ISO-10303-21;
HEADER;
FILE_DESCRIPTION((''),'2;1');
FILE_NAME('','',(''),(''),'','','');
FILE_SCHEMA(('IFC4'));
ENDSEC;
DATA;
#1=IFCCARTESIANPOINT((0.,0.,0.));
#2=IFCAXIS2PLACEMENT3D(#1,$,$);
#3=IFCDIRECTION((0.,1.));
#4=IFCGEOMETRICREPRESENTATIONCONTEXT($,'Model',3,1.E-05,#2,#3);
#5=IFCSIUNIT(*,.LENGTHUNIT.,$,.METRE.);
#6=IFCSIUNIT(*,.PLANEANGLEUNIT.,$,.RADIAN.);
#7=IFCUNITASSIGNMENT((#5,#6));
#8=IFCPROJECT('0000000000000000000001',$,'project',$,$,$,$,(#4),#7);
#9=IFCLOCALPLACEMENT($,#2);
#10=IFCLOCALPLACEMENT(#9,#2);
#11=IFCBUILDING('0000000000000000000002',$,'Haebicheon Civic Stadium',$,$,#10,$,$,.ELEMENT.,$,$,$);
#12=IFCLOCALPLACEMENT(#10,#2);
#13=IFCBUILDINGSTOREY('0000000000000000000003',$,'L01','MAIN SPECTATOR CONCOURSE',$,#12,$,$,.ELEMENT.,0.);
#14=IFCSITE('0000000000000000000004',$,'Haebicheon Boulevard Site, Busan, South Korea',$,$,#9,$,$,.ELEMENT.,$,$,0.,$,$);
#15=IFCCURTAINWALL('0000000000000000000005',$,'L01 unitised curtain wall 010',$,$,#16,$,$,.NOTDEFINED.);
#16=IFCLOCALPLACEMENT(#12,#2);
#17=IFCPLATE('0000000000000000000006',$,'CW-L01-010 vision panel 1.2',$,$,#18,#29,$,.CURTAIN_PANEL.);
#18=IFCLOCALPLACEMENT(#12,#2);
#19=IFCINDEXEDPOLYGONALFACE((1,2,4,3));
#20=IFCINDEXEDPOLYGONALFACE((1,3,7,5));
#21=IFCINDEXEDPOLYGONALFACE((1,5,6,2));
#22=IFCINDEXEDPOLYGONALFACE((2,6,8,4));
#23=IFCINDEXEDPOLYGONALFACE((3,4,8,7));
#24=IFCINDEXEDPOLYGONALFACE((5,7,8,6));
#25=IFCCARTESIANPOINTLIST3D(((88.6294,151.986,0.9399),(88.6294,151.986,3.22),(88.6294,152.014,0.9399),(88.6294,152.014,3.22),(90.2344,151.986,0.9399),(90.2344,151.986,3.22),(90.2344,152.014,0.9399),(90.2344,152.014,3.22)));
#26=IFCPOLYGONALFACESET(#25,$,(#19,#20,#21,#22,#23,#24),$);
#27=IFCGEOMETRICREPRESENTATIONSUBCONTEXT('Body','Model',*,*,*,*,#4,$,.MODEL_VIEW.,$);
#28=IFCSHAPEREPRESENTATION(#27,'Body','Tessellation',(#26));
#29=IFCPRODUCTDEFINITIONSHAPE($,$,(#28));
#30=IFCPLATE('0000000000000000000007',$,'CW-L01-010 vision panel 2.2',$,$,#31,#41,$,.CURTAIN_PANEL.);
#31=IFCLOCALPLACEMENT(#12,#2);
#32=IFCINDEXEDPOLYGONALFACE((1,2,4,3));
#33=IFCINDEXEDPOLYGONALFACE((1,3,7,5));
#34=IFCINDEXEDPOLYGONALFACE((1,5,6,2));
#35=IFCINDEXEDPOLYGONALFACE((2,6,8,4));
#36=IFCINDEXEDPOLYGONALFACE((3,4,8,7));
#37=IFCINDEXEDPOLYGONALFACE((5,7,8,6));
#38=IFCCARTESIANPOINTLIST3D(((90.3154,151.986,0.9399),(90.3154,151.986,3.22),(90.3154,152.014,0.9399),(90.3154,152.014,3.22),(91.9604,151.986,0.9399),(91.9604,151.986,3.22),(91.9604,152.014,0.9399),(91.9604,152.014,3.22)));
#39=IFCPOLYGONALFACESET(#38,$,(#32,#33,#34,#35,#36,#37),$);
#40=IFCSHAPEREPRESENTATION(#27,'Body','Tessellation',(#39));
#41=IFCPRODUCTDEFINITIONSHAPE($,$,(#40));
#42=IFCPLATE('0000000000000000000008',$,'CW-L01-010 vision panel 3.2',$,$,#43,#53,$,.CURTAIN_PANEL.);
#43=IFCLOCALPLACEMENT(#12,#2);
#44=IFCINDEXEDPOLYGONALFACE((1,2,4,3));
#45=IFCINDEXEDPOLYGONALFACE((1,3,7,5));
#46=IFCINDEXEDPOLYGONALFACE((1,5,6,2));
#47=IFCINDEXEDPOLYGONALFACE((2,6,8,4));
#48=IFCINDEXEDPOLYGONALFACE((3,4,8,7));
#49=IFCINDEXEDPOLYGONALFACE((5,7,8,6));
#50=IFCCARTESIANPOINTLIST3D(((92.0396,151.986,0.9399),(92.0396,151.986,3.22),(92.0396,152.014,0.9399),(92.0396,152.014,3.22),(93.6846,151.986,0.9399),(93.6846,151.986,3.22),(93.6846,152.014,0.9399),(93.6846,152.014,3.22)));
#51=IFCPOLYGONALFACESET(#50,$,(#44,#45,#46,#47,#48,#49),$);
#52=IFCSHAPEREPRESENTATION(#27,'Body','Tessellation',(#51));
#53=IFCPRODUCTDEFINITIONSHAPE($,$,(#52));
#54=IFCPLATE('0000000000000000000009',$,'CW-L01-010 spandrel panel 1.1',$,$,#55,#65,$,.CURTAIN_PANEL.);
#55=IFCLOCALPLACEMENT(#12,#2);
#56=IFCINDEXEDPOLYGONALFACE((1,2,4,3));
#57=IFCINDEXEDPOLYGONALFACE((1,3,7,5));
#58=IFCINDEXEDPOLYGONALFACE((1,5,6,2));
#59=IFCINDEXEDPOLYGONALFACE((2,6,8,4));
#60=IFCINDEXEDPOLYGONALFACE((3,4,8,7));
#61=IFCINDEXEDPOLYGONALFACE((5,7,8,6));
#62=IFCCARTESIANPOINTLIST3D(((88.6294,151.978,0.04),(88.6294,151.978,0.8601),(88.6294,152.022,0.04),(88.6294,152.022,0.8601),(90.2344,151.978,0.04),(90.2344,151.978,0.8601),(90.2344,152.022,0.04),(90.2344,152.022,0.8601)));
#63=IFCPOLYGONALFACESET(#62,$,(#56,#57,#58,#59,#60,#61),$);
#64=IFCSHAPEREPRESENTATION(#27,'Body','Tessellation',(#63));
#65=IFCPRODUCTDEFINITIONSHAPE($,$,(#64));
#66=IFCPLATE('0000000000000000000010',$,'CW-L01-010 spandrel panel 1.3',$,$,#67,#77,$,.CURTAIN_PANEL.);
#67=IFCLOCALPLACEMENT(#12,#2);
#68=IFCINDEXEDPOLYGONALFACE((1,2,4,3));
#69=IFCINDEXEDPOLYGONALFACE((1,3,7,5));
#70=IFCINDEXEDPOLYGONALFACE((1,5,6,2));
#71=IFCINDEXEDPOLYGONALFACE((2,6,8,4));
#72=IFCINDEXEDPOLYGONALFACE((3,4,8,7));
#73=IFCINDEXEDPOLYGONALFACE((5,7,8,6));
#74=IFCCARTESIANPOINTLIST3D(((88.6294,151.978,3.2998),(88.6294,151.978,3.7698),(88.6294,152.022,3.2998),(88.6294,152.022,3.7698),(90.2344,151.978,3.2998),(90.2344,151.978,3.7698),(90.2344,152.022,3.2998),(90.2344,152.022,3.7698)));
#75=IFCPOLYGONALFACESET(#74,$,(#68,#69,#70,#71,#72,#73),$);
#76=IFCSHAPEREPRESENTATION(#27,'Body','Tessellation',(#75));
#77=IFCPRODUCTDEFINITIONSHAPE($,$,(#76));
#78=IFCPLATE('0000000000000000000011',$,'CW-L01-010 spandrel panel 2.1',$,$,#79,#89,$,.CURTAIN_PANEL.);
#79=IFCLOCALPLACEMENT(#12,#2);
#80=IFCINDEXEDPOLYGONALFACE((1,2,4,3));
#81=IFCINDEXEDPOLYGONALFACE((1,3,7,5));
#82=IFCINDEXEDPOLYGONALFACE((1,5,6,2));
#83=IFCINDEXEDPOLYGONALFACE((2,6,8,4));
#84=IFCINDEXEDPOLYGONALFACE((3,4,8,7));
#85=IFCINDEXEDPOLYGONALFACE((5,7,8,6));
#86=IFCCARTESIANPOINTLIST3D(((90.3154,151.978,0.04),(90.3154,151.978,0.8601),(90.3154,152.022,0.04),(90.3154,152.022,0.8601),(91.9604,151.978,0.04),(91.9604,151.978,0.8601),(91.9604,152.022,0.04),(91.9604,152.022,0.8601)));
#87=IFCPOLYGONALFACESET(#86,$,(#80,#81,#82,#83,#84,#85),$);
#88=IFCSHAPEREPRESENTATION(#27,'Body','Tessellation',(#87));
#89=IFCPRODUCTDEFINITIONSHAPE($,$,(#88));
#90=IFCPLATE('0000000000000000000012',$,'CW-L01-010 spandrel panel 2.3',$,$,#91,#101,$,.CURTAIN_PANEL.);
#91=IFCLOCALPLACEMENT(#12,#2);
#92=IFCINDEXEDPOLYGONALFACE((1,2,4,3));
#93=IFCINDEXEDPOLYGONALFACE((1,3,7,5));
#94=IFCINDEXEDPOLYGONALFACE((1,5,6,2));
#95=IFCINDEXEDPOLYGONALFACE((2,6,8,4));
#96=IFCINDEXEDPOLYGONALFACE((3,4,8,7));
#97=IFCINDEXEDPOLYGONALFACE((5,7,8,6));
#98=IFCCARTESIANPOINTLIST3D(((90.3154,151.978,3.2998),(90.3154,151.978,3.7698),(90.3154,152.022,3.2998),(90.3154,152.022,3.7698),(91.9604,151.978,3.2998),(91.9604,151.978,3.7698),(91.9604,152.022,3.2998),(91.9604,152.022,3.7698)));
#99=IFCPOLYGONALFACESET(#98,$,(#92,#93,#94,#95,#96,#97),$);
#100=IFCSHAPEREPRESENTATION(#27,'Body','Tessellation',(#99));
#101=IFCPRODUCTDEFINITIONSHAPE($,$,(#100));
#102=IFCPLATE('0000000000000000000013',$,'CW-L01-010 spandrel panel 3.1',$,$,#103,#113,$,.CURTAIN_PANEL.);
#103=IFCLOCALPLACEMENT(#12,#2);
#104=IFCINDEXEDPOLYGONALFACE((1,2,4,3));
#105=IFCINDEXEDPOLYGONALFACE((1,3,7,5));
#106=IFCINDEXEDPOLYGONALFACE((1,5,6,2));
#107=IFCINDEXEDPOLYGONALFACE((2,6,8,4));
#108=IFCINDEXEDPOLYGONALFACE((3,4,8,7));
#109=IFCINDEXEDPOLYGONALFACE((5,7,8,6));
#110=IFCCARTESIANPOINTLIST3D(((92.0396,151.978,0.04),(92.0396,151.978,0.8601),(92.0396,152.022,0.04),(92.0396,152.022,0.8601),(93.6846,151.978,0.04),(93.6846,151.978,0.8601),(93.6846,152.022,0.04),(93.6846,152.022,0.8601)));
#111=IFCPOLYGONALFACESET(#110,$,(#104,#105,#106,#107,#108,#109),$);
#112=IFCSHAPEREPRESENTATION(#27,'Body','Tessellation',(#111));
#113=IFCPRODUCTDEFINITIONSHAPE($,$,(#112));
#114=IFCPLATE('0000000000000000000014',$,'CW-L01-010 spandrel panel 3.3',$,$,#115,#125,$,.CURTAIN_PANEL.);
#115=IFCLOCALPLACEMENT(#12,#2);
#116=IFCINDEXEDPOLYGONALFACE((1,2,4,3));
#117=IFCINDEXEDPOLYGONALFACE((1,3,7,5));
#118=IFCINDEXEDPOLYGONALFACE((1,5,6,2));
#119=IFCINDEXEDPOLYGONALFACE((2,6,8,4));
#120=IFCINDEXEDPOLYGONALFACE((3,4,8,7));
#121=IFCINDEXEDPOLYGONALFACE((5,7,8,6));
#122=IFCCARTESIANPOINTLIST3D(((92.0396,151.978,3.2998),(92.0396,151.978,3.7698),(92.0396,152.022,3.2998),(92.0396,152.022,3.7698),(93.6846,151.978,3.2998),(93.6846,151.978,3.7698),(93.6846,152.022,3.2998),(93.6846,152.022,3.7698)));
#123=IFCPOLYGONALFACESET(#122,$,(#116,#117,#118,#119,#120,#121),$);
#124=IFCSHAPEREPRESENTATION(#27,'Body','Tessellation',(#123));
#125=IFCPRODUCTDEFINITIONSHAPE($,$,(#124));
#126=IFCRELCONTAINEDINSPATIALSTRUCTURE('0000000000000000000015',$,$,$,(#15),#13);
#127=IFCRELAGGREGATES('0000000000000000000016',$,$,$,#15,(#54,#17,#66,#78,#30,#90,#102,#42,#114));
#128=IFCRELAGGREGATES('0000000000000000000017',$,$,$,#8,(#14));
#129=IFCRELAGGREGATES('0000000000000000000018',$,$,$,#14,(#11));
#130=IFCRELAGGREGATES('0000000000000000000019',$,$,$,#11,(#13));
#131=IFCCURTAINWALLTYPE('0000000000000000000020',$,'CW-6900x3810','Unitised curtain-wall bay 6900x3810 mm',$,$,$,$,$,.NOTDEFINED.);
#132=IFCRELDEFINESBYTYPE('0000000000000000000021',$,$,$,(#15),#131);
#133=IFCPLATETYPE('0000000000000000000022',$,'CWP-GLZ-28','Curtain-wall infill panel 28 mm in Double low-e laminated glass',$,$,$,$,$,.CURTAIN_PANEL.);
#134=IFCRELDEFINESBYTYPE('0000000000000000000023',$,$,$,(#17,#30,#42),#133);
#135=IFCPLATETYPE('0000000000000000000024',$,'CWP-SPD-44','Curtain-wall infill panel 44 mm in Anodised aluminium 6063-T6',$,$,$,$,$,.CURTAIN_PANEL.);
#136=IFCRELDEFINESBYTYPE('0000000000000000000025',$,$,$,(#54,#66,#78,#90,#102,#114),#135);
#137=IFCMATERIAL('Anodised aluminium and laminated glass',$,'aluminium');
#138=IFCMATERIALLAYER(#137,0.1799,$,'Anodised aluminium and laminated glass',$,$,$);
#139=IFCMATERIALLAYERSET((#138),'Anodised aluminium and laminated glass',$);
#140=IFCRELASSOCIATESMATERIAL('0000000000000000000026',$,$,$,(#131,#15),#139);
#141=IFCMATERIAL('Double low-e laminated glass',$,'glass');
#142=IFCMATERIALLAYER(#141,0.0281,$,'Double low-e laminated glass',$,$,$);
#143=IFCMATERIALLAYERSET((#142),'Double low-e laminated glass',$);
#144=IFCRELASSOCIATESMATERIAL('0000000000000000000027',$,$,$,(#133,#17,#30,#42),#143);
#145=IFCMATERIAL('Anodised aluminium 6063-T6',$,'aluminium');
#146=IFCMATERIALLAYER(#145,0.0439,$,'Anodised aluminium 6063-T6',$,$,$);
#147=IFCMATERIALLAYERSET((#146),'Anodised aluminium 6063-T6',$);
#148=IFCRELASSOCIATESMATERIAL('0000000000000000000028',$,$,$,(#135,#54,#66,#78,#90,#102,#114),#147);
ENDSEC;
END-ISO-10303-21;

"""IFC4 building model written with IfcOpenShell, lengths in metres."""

from ifc_helpers import new_model, si_unit, direction, frame, origin, origin_2d, place, context, subcontext, project, spatial, rectangle, extrude, material, layer, layer_set, type_object, element, aggregate, save


model = new_model("IFC4")

# Units and contexts
model_context = context("Model", 3, precision=1e-05, world=origin(), true_north=direction((0.0, 1.0)))
body_context = subcontext(model_context, "Body", "Model", "MODEL_VIEW")
ifc_project = project(units=[si_unit("LENGTHUNIT", "METRE"), si_unit("PLANEANGLEUNIT", "RADIAN")], contexts=[model_context])

# Site, building, storey
site_placement = place(None, origin())
site = spatial("IfcSite", under=ifc_project, at=site_placement, Name="Haebicheon Boulevard Site, Busan, South Korea", CompositionType="ELEMENT", RefElevation=0.0)
building_placement = place(site_placement, origin())
building = spatial("IfcBuilding", under=site, at=building_placement, Name="Haebicheon Civic Stadium", CompositionType="ELEMENT")
storey_placement = place(building_placement, origin())
storey = spatial("IfcBuildingStorey", under=building, at=storey_placement, Name="L01", Description="MAIN SPECTATOR CONCOURSE", CompositionType="ELEMENT", Elevation=0.0)

# Curtain wall
ifc_material_1 = material(Name="Anodised aluminium and laminated glass", Category="aluminium")
ifc_layer_1 = layer(ifc_material_1, 0.1799, Name="Anodised aluminium and laminated glass")
ifc_layer_set_1 = layer_set([ifc_layer_1], Name="Anodised aluminium and laminated glass")
curtain_wall_type = type_object("IfcCurtainWallType", Name="CW-6900x3810", Description="Unitised curtain-wall bay 6900x3810 mm", PredefinedType="NOTDEFINED", material=ifc_layer_set_1)
curtain_wall_placement = place(storey_placement, origin())
curtain_wall = element("IfcCurtainWall", 1, at=curtain_wall_placement, inside=storey, type_object=curtain_wall_type, material=ifc_layer_set_1, Name="L01 unitised curtain wall 010", PredefinedType="NOTDEFINED")

# Plates
ifc_material_2 = material(Name="Double low-e laminated glass", Category="glass")
ifc_layer_2 = layer(ifc_material_2, 0.0281, Name="Double low-e laminated glass")
ifc_layer_set_2 = layer_set([ifc_layer_2], Name="Double low-e laminated glass")
plate_type_1 = type_object("IfcPlateType", Name="CWP-GLZ-28", Description="Curtain-wall infill panel 28 mm in Double low-e laminated glass", PredefinedType="CURTAIN_PANEL", material=ifc_layer_set_2)
plate_1_placement = place(storey_placement, frame((89.4319, 152.0, 0.9399), z_axis=(0.0, 0.0, 1.0), x_axis=(1.0, 0.0, 0.0)))
plate_1 = element("IfcPlate", 2, at=plate_1_placement, type_object=plate_type_1, material=ifc_layer_set_2, Name="CW-L01-010 vision panel 1.2", PredefinedType="CURTAIN_PANEL", context=body_context, shape_type="SweptSolid", body=[
    extrude(rectangle(XDim=1.605, YDim=0.0281, at=origin_2d()), origin(), (0.0, 0.0, 1.0), 2.28),
])
plate_2_placement = place(storey_placement, frame((91.1379, 152.0, 0.9399), z_axis=(0.0, 0.0, 1.0), x_axis=(1.0, 0.0, 0.0)))
plate_2 = element("IfcPlate", 3, at=plate_2_placement, type_object=plate_type_1, material=ifc_layer_set_2, Name="CW-L01-010 vision panel 2.2", PredefinedType="CURTAIN_PANEL", context=body_context, shape_type="SweptSolid", body=[
    extrude(rectangle(XDim=1.645, YDim=0.0281, at=origin_2d()), origin(), (0.0, 0.0, 1.0), 2.28),
])
plate_3_placement = place(storey_placement, frame((92.8621, 152.0, 0.9399), z_axis=(0.0, 0.0, 1.0), x_axis=(1.0, 0.0, 0.0)))
plate_3 = element("IfcPlate", 4, at=plate_3_placement, type_object=plate_type_1, material=ifc_layer_set_2, Name="CW-L01-010 vision panel 3.2", PredefinedType="CURTAIN_PANEL", context=body_context, shape_type="SweptSolid", body=[
    extrude(rectangle(XDim=1.645, YDim=0.0281, at=origin_2d()), origin(), (0.0, 0.0, 1.0), 2.28),
])
ifc_material_3 = material(Name="Anodised aluminium 6063-T6", Category="aluminium")
ifc_layer_3 = layer(ifc_material_3, 0.0439, Name="Anodised aluminium 6063-T6")
ifc_layer_set_3 = layer_set([ifc_layer_3], Name="Anodised aluminium 6063-T6")
plate_type_2 = type_object("IfcPlateType", Name="CWP-SPD-44", Description="Curtain-wall infill panel 44 mm in Anodised aluminium 6063-T6", PredefinedType="CURTAIN_PANEL", material=ifc_layer_set_3)
plate_4_placement = place(storey_placement, frame((89.4319, 152.0, 0.04), z_axis=(0.0, 0.0, 1.0), x_axis=(1.0, 0.0, 0.0)))
plate_4 = element("IfcPlate", 5, at=plate_4_placement, type_object=plate_type_2, material=ifc_layer_set_3, Name="CW-L01-010 spandrel panel 1.1", PredefinedType="CURTAIN_PANEL", context=body_context, shape_type="SweptSolid", body=[
    extrude(rectangle(XDim=1.605, YDim=0.0439, at=origin_2d()), origin(), (0.0, 0.0, 1.0), 0.8201),
])
plate_5_placement = place(storey_placement, frame((89.4319, 152.0, 3.2998), z_axis=(0.0, 0.0, 1.0), x_axis=(1.0, 0.0, 0.0)))
plate_5 = element("IfcPlate", 6, at=plate_5_placement, type_object=plate_type_2, material=ifc_layer_set_3, Name="CW-L01-010 spandrel panel 1.3", PredefinedType="CURTAIN_PANEL", context=body_context, shape_type="SweptSolid", body=[
    extrude(rectangle(XDim=1.605, YDim=0.0439, at=origin_2d()), origin(), (0.0, 0.0, 1.0), 0.47),
])
plate_6_placement = place(storey_placement, frame((91.1379, 152.0, 0.04), z_axis=(0.0, 0.0, 1.0), x_axis=(1.0, 0.0, 0.0)))
plate_6 = element("IfcPlate", 7, at=plate_6_placement, type_object=plate_type_2, material=ifc_layer_set_3, Name="CW-L01-010 spandrel panel 2.1", PredefinedType="CURTAIN_PANEL", context=body_context, shape_type="SweptSolid", body=[
    extrude(rectangle(XDim=1.645, YDim=0.0439, at=origin_2d()), origin(), (0.0, 0.0, 1.0), 0.8201),
])
plate_7_placement = place(storey_placement, frame((91.1379, 152.0, 3.2998), z_axis=(0.0, 0.0, 1.0), x_axis=(1.0, 0.0, 0.0)))
plate_7 = element("IfcPlate", 8, at=plate_7_placement, type_object=plate_type_2, material=ifc_layer_set_3, Name="CW-L01-010 spandrel panel 2.3", PredefinedType="CURTAIN_PANEL", context=body_context, shape_type="SweptSolid", body=[
    extrude(rectangle(XDim=1.645, YDim=0.0439, at=origin_2d()), origin(), (0.0, 0.0, 1.0), 0.47),
])
plate_8_placement = place(storey_placement, frame((92.8621, 152.0, 0.04), z_axis=(0.0, 0.0, 1.0), x_axis=(1.0, 0.0, 0.0)))
plate_8 = element("IfcPlate", 9, at=plate_8_placement, type_object=plate_type_2, material=ifc_layer_set_3, Name="CW-L01-010 spandrel panel 3.1", PredefinedType="CURTAIN_PANEL", context=body_context, shape_type="SweptSolid", body=[
    extrude(rectangle(XDim=1.645, YDim=0.0439, at=origin_2d()), origin(), (0.0, 0.0, 1.0), 0.8201),
])
plate_9_placement = place(storey_placement, frame((92.8621, 152.0, 3.2998), z_axis=(0.0, 0.0, 1.0), x_axis=(1.0, 0.0, 0.0)))
plate_9 = element("IfcPlate", 10, at=plate_9_placement, type_object=plate_type_2, material=ifc_layer_set_3, Name="CW-L01-010 spandrel panel 3.3", PredefinedType="CURTAIN_PANEL", context=body_context, shape_type="SweptSolid", body=[
    extrude(rectangle(XDim=1.645, YDim=0.0439, at=origin_2d()), origin(), (0.0, 0.0, 1.0), 0.47),
])
aggregate(curtain_wall, [plate_4, plate_1, plate_5, plate_6, plate_2, plate_7, plate_8, plate_3, plate_9])

save(model, "model.ifc")
